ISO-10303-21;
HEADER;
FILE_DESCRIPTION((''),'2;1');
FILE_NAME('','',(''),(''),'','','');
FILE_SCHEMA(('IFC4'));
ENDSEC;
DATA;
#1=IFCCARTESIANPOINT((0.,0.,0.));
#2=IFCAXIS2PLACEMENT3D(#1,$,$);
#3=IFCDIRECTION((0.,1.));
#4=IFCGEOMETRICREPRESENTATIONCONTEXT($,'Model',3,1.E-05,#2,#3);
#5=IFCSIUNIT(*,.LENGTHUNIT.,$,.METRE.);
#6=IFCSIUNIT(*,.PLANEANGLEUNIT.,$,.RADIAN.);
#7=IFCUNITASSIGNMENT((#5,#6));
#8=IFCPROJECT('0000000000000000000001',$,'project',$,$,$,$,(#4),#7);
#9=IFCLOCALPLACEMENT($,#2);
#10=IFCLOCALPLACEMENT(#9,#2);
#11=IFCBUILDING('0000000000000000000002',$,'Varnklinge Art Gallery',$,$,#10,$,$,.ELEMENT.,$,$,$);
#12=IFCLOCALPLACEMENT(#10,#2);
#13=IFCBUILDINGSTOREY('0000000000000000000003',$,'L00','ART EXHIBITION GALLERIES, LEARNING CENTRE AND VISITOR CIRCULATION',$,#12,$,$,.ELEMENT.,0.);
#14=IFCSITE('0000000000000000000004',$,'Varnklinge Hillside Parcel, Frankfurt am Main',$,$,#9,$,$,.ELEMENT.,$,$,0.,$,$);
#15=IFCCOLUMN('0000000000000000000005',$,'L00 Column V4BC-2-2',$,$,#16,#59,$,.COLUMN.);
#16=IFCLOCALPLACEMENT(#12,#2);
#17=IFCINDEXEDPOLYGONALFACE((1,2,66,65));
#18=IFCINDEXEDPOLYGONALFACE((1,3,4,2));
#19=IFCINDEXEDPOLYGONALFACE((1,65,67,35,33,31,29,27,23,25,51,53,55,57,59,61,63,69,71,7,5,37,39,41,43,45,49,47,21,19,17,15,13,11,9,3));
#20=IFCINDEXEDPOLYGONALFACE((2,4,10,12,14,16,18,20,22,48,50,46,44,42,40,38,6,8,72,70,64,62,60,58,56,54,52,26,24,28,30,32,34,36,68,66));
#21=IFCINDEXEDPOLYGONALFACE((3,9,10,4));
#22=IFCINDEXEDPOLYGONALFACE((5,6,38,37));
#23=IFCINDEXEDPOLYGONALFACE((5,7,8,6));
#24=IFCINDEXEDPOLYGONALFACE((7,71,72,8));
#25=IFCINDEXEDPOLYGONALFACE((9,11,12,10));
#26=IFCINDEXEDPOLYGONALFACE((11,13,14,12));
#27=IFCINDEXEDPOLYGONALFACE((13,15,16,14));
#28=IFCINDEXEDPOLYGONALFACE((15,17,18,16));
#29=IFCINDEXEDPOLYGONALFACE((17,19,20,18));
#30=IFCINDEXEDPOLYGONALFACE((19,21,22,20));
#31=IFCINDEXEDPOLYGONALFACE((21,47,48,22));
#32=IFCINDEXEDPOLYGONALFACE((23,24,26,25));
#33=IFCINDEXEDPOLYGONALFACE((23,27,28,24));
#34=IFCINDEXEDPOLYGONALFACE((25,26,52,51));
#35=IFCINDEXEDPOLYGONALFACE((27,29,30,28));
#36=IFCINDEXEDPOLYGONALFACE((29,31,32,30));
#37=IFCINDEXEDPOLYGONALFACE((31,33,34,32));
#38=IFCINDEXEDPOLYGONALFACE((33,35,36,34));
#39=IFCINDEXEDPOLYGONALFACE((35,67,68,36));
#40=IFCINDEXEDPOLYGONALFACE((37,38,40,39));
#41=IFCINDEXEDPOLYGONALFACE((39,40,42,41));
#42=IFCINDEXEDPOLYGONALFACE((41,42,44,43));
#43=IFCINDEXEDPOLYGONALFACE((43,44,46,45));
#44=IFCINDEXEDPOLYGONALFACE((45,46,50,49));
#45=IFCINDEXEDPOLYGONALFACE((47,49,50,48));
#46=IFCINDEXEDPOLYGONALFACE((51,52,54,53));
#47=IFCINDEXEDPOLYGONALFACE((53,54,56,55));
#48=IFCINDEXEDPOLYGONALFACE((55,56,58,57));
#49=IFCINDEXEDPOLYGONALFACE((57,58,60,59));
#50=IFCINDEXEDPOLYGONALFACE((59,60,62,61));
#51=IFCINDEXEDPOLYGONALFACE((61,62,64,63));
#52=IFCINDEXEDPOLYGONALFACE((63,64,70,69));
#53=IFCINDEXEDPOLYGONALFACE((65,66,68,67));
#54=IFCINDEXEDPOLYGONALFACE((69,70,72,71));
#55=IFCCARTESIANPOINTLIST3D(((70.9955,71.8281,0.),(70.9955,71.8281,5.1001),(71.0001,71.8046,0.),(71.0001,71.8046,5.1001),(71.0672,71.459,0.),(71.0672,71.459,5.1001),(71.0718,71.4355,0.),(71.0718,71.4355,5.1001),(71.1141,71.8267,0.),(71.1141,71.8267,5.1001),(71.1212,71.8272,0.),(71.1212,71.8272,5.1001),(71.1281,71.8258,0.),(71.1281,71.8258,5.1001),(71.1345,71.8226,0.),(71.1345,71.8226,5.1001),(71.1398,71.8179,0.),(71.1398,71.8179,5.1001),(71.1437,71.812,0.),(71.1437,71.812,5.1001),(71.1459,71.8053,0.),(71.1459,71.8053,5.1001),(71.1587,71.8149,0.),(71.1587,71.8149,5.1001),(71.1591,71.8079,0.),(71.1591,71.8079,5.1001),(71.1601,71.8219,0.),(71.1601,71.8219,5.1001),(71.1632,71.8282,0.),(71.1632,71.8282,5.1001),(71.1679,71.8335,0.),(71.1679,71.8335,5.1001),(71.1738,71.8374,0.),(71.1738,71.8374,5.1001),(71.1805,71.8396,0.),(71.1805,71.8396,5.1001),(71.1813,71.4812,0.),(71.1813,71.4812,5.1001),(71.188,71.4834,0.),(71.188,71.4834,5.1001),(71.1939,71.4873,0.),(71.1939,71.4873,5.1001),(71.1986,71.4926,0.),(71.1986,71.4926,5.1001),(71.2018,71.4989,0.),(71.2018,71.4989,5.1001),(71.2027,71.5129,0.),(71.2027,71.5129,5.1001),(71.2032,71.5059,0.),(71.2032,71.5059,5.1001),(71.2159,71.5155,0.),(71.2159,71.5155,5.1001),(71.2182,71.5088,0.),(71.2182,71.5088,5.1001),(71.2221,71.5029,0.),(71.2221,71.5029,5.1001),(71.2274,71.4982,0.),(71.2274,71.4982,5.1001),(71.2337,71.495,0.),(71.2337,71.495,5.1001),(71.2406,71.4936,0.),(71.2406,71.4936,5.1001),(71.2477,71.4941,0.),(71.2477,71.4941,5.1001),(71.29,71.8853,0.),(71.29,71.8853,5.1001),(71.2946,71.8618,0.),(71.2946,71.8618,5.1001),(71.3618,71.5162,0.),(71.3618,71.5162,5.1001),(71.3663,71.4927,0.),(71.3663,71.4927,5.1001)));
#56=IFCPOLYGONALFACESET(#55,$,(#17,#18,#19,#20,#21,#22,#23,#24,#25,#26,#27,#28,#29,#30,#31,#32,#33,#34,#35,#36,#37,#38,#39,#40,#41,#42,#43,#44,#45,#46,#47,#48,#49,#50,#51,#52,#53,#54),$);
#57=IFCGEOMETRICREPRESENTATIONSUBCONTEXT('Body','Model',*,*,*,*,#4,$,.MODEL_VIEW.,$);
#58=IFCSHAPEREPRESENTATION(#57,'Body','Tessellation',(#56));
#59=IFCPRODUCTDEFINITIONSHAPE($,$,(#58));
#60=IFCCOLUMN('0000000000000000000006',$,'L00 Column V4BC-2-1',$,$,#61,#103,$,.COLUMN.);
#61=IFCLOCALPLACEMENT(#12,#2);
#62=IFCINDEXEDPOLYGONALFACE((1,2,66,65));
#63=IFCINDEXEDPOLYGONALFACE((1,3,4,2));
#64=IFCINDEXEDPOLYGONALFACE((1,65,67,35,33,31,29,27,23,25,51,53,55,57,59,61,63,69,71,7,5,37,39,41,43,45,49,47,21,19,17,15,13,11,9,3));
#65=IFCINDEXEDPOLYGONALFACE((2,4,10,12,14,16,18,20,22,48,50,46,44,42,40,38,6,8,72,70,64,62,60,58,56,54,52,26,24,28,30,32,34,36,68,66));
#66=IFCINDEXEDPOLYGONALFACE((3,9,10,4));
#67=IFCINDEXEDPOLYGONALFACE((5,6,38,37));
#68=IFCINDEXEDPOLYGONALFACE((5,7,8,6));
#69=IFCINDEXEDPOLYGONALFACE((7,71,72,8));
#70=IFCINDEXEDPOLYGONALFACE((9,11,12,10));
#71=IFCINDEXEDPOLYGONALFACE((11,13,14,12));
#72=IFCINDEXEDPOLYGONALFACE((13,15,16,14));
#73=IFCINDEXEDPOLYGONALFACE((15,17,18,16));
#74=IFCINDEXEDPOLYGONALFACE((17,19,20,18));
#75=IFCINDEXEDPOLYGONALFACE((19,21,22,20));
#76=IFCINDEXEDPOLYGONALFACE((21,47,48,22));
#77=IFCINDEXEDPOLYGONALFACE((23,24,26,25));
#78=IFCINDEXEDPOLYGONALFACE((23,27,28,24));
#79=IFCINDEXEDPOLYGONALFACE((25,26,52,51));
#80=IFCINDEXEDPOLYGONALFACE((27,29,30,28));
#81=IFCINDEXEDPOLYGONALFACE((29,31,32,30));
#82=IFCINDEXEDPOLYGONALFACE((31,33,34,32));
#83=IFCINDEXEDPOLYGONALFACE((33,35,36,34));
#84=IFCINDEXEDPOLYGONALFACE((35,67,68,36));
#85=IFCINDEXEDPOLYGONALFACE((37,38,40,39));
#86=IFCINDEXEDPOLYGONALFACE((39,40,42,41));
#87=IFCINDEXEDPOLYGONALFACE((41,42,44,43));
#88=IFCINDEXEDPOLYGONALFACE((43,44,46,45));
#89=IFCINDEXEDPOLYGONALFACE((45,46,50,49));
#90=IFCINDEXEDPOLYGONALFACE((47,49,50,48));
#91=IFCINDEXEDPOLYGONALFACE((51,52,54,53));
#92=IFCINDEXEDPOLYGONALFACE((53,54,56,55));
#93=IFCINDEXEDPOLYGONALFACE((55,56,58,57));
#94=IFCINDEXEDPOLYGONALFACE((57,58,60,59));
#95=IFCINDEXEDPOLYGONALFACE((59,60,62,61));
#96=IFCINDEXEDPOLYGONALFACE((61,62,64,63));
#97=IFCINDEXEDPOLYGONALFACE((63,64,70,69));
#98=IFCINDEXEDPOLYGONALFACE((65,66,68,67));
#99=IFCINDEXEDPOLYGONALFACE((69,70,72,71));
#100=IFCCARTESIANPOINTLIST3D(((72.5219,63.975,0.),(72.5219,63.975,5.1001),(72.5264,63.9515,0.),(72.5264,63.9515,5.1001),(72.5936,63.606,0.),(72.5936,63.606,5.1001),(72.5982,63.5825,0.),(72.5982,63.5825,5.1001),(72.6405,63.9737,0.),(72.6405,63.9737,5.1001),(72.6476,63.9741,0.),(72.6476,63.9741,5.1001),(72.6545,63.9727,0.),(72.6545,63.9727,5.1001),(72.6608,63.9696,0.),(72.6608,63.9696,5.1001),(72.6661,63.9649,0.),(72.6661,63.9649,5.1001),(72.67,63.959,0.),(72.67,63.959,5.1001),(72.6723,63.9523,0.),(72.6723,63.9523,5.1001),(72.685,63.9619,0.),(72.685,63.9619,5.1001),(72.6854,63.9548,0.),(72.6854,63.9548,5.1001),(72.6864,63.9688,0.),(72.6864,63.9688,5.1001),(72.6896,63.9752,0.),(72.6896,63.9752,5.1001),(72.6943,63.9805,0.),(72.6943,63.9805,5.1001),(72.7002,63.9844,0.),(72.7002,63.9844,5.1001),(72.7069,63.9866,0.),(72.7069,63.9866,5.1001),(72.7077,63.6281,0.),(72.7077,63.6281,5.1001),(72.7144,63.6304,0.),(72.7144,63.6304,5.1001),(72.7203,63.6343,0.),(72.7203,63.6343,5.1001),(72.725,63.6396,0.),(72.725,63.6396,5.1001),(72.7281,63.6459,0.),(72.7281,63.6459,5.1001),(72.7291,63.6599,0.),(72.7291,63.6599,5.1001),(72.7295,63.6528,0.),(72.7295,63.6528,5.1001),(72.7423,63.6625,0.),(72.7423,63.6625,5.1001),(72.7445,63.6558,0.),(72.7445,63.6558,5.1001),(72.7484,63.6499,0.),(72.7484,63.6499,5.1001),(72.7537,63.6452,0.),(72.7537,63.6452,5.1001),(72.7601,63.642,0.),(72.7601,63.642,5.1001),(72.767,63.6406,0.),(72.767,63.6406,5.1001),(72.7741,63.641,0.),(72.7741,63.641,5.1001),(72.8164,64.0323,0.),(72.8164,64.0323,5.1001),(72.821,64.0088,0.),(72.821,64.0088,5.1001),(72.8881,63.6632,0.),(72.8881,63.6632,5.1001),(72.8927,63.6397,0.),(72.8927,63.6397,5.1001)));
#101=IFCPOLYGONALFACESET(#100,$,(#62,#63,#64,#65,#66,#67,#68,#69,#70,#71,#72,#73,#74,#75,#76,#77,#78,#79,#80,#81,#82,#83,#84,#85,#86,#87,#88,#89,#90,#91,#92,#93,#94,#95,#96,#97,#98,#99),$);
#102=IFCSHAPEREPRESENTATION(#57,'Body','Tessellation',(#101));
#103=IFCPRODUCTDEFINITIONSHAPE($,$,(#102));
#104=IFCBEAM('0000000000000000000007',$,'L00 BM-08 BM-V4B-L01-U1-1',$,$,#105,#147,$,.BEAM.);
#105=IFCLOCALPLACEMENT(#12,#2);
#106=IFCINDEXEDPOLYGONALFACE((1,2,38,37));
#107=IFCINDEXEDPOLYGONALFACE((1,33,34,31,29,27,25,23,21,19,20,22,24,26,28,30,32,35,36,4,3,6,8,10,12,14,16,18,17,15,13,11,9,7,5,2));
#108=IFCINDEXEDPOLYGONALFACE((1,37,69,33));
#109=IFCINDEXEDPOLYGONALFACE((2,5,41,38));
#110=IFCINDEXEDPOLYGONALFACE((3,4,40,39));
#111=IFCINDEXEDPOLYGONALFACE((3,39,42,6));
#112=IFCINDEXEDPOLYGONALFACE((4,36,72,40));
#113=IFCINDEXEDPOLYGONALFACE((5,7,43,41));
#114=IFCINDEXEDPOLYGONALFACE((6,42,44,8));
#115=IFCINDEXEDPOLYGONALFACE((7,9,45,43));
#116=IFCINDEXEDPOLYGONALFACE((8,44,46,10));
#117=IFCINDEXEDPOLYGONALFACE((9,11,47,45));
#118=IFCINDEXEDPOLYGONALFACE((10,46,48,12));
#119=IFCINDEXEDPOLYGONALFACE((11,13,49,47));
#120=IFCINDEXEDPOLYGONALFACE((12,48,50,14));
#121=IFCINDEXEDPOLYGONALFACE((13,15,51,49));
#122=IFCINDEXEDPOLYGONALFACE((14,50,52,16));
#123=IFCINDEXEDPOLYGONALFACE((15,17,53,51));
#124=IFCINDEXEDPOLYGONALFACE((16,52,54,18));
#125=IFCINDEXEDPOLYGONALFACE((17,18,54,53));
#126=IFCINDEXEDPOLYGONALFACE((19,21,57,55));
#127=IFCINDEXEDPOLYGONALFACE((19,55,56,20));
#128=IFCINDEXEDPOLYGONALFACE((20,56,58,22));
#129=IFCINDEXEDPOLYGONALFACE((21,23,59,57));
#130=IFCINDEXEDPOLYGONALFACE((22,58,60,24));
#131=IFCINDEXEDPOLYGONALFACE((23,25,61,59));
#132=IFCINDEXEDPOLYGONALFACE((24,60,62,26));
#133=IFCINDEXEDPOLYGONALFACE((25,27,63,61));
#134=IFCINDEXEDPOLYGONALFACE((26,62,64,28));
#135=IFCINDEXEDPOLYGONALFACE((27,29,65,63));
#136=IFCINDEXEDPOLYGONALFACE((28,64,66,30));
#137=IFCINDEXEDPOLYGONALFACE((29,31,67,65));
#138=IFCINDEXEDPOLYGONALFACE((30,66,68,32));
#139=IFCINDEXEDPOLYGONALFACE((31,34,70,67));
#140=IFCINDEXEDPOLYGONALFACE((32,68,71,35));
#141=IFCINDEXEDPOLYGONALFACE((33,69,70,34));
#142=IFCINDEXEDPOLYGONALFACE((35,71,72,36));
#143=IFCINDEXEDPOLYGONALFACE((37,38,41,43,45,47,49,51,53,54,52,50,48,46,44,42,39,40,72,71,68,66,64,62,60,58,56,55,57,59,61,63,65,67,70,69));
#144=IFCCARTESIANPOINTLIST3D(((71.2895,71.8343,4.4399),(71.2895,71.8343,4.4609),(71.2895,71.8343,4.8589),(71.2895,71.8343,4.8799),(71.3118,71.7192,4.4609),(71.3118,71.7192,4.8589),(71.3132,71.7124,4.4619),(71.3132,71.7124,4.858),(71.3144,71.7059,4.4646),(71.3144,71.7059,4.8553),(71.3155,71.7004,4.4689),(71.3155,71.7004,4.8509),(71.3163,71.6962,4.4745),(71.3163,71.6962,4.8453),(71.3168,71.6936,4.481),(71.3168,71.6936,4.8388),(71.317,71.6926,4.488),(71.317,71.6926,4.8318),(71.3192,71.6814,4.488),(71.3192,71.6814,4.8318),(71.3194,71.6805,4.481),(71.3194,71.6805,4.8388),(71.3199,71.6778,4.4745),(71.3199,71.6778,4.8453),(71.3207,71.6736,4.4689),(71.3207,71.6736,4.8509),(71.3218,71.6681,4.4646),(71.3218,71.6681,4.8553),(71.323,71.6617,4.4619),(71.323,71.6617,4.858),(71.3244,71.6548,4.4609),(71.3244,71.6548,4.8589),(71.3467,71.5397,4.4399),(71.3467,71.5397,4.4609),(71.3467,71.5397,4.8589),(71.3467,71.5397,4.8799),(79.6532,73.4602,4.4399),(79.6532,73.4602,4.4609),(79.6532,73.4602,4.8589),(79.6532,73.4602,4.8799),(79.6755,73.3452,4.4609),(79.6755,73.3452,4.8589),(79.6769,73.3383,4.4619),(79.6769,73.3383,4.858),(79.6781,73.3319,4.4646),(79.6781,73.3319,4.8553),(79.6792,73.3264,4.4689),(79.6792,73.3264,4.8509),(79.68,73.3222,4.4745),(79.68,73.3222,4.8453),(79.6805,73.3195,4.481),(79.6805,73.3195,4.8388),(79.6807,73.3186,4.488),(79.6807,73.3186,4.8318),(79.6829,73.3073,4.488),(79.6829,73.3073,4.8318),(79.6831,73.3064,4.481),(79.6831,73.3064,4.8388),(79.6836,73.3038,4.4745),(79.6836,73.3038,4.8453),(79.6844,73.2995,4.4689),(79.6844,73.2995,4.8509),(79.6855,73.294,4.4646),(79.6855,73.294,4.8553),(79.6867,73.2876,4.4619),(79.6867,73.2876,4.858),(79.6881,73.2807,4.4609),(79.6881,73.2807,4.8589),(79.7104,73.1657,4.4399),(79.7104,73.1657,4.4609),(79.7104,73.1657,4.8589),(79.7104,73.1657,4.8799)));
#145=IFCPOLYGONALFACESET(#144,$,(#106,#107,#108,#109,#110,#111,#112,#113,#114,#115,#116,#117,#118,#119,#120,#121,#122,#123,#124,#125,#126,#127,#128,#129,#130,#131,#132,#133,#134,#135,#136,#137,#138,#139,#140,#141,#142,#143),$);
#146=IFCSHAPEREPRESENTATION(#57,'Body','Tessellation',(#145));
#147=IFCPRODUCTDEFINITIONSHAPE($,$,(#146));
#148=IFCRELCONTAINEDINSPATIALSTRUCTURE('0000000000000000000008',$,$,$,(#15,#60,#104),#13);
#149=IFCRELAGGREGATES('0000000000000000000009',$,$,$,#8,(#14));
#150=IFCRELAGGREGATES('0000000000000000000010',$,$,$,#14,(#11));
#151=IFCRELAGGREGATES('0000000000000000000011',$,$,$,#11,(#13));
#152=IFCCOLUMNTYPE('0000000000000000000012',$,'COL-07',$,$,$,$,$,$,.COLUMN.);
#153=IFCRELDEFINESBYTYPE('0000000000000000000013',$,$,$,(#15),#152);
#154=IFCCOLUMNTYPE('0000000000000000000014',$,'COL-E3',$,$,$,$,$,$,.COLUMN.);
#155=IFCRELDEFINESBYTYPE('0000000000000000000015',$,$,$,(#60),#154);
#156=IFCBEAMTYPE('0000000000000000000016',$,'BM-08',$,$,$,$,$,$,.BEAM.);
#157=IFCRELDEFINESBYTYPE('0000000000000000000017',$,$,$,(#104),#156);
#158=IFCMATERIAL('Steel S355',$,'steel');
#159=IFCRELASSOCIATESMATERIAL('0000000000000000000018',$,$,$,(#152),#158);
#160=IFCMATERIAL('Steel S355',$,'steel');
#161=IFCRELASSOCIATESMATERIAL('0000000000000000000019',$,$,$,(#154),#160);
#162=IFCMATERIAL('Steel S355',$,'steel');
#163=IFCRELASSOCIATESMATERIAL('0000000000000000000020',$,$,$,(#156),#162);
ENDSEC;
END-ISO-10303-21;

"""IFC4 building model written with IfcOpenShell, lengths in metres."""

from ifc_helpers import new_model, si_unit, direction, frame, origin, origin_2d, place, context, subcontext, project, spatial, i_section, extrude, material, material_profile, profile_set, type_object, element, save


model = new_model("IFC4")

# Units and contexts
model_context = context("Model", 3, precision=1e-05, world=origin(), true_north=direction((0.0, 1.0)))
body_context = subcontext(model_context, "Body", "Model", "MODEL_VIEW")
ifc_project = project(units=[si_unit("LENGTHUNIT", "METRE"), si_unit("PLANEANGLEUNIT", "RADIAN")], contexts=[model_context])

# Site, building, storey
site_placement = place(None, origin())
site = spatial("IfcSite", under=ifc_project, at=site_placement, Name="Varnklinge Hillside Parcel, Frankfurt am Main", CompositionType="ELEMENT", RefElevation=0.0)
building_placement = place(site_placement, origin())
building = spatial("IfcBuilding", under=site, at=building_placement, Name="Varnklinge Art Gallery", CompositionType="ELEMENT")
storey_placement = place(building_placement, origin())
storey = spatial("IfcBuildingStorey", under=building, at=storey_placement, Name="L00", Description="ART EXHIBITION GALLERIES, LEARNING CENTRE AND VISITOR CIRCULATION", CompositionType="ELEMENT", Elevation=0.0)

# Columns
ifc_material_1 = material(Name="Steel S355", Category="steel")
ifc_material_profile_1 = material_profile(ifc_material_1, i_section(OverallWidth=0.3, OverallDepth=0.3999, WebThickness=0.0134, FlangeThickness=0.0239, FilletRadius=0.0271, at=origin_2d()), Name="HEB 400")
ifc_profile_set_1 = profile_set([ifc_material_profile_1], Name="Steel S355")
column_type_1 = type_object("IfcColumnType", Name="COL-07", PredefinedType="COLUMN", material=ifc_profile_set_1)
column_1_placement = place(storey_placement, frame((71.1809, 71.6604, 0.0), z_axis=(0.0, 0.0, 1.0), x_axis=(0.981627, 0.190809, 0.0)))
element("IfcColumn", 1, at=column_1_placement, inside=storey, type_object=column_type_1, Name="L00 Column V4BC-2-2", PredefinedType="COLUMN", context=body_context, shape_type="SweptSolid", body=[
    extrude(i_section(OverallWidth=0.3, OverallDepth=0.3999, WebThickness=0.0134, FlangeThickness=0.0239, FilletRadius=0.0271, at=origin_2d()), origin(), (0.0, 0.0, 1.0), 5.1001),
])
ifc_material_2 = material(Name="Steel S355", Category="steel")
ifc_material_profile_2 = material_profile(ifc_material_2, i_section(OverallWidth=0.3, OverallDepth=0.3999, WebThickness=0.0134, FlangeThickness=0.0239, FilletRadius=0.0271, at=origin_2d()), Name="HEB 400")
ifc_profile_set_2 = profile_set([ifc_material_profile_2], Name="Steel S355")
column_type_2 = type_object("IfcColumnType", Name="COL-E3", PredefinedType="COLUMN", material=ifc_profile_set_2)
column_2_placement = place(storey_placement, frame((72.7073, 63.8074, 0.0), z_axis=(0.0, 0.0, 1.0), x_axis=(0.981627, 0.190809, 0.0)))
element("IfcColumn", 2, at=column_2_placement, inside=storey, type_object=column_type_2, Name="L00 Column V4BC-2-1", PredefinedType="COLUMN", context=body_context, shape_type="SweptSolid", body=[
    extrude(i_section(OverallWidth=0.3, OverallDepth=0.3999, WebThickness=0.0134, FlangeThickness=0.0239, FilletRadius=0.0271, at=origin_2d()), origin(), (0.0, 0.0, 1.0), 5.1001),
])

# Beam
ifc_material_3 = material(Name="Steel S355", Category="steel")
ifc_material_profile_3 = material_profile(ifc_material_3, i_section(OverallWidth=0.3, OverallDepth=0.4399, WebThickness=0.0115, FlangeThickness=0.021, FilletRadius=0.0271, at=origin_2d()), Name="HEA 450")
ifc_profile_set_3 = profile_set([ifc_material_profile_3], Name="Steel S355")
beam_type_1 = type_object("IfcBeamType", Name="BM-08", PredefinedType="BEAM", material=ifc_profile_set_3)
beam_1_placement = place(storey_placement, frame((71.3181, 71.687, 4.6599), z_axis=(0.981622, 0.190834, 0.0), x_axis=(-0.190834, 0.981622, 0.0)))
element("IfcBeam", 3, at=beam_1_placement, inside=storey, type_object=beam_type_1, Name="L00 BM-08 BM-V4B-L01-U1-1", PredefinedType="BEAM", context=body_context, shape_type="SweptSolid", body=[
    extrude(i_section(OverallWidth=0.3, OverallDepth=0.4399, WebThickness=0.0115, FlangeThickness=0.021, FilletRadius=0.0271, at=origin_2d()), origin(), (0.0, 0.0, 1.0), 8.5203),
])

save(model, "model.ifc")
